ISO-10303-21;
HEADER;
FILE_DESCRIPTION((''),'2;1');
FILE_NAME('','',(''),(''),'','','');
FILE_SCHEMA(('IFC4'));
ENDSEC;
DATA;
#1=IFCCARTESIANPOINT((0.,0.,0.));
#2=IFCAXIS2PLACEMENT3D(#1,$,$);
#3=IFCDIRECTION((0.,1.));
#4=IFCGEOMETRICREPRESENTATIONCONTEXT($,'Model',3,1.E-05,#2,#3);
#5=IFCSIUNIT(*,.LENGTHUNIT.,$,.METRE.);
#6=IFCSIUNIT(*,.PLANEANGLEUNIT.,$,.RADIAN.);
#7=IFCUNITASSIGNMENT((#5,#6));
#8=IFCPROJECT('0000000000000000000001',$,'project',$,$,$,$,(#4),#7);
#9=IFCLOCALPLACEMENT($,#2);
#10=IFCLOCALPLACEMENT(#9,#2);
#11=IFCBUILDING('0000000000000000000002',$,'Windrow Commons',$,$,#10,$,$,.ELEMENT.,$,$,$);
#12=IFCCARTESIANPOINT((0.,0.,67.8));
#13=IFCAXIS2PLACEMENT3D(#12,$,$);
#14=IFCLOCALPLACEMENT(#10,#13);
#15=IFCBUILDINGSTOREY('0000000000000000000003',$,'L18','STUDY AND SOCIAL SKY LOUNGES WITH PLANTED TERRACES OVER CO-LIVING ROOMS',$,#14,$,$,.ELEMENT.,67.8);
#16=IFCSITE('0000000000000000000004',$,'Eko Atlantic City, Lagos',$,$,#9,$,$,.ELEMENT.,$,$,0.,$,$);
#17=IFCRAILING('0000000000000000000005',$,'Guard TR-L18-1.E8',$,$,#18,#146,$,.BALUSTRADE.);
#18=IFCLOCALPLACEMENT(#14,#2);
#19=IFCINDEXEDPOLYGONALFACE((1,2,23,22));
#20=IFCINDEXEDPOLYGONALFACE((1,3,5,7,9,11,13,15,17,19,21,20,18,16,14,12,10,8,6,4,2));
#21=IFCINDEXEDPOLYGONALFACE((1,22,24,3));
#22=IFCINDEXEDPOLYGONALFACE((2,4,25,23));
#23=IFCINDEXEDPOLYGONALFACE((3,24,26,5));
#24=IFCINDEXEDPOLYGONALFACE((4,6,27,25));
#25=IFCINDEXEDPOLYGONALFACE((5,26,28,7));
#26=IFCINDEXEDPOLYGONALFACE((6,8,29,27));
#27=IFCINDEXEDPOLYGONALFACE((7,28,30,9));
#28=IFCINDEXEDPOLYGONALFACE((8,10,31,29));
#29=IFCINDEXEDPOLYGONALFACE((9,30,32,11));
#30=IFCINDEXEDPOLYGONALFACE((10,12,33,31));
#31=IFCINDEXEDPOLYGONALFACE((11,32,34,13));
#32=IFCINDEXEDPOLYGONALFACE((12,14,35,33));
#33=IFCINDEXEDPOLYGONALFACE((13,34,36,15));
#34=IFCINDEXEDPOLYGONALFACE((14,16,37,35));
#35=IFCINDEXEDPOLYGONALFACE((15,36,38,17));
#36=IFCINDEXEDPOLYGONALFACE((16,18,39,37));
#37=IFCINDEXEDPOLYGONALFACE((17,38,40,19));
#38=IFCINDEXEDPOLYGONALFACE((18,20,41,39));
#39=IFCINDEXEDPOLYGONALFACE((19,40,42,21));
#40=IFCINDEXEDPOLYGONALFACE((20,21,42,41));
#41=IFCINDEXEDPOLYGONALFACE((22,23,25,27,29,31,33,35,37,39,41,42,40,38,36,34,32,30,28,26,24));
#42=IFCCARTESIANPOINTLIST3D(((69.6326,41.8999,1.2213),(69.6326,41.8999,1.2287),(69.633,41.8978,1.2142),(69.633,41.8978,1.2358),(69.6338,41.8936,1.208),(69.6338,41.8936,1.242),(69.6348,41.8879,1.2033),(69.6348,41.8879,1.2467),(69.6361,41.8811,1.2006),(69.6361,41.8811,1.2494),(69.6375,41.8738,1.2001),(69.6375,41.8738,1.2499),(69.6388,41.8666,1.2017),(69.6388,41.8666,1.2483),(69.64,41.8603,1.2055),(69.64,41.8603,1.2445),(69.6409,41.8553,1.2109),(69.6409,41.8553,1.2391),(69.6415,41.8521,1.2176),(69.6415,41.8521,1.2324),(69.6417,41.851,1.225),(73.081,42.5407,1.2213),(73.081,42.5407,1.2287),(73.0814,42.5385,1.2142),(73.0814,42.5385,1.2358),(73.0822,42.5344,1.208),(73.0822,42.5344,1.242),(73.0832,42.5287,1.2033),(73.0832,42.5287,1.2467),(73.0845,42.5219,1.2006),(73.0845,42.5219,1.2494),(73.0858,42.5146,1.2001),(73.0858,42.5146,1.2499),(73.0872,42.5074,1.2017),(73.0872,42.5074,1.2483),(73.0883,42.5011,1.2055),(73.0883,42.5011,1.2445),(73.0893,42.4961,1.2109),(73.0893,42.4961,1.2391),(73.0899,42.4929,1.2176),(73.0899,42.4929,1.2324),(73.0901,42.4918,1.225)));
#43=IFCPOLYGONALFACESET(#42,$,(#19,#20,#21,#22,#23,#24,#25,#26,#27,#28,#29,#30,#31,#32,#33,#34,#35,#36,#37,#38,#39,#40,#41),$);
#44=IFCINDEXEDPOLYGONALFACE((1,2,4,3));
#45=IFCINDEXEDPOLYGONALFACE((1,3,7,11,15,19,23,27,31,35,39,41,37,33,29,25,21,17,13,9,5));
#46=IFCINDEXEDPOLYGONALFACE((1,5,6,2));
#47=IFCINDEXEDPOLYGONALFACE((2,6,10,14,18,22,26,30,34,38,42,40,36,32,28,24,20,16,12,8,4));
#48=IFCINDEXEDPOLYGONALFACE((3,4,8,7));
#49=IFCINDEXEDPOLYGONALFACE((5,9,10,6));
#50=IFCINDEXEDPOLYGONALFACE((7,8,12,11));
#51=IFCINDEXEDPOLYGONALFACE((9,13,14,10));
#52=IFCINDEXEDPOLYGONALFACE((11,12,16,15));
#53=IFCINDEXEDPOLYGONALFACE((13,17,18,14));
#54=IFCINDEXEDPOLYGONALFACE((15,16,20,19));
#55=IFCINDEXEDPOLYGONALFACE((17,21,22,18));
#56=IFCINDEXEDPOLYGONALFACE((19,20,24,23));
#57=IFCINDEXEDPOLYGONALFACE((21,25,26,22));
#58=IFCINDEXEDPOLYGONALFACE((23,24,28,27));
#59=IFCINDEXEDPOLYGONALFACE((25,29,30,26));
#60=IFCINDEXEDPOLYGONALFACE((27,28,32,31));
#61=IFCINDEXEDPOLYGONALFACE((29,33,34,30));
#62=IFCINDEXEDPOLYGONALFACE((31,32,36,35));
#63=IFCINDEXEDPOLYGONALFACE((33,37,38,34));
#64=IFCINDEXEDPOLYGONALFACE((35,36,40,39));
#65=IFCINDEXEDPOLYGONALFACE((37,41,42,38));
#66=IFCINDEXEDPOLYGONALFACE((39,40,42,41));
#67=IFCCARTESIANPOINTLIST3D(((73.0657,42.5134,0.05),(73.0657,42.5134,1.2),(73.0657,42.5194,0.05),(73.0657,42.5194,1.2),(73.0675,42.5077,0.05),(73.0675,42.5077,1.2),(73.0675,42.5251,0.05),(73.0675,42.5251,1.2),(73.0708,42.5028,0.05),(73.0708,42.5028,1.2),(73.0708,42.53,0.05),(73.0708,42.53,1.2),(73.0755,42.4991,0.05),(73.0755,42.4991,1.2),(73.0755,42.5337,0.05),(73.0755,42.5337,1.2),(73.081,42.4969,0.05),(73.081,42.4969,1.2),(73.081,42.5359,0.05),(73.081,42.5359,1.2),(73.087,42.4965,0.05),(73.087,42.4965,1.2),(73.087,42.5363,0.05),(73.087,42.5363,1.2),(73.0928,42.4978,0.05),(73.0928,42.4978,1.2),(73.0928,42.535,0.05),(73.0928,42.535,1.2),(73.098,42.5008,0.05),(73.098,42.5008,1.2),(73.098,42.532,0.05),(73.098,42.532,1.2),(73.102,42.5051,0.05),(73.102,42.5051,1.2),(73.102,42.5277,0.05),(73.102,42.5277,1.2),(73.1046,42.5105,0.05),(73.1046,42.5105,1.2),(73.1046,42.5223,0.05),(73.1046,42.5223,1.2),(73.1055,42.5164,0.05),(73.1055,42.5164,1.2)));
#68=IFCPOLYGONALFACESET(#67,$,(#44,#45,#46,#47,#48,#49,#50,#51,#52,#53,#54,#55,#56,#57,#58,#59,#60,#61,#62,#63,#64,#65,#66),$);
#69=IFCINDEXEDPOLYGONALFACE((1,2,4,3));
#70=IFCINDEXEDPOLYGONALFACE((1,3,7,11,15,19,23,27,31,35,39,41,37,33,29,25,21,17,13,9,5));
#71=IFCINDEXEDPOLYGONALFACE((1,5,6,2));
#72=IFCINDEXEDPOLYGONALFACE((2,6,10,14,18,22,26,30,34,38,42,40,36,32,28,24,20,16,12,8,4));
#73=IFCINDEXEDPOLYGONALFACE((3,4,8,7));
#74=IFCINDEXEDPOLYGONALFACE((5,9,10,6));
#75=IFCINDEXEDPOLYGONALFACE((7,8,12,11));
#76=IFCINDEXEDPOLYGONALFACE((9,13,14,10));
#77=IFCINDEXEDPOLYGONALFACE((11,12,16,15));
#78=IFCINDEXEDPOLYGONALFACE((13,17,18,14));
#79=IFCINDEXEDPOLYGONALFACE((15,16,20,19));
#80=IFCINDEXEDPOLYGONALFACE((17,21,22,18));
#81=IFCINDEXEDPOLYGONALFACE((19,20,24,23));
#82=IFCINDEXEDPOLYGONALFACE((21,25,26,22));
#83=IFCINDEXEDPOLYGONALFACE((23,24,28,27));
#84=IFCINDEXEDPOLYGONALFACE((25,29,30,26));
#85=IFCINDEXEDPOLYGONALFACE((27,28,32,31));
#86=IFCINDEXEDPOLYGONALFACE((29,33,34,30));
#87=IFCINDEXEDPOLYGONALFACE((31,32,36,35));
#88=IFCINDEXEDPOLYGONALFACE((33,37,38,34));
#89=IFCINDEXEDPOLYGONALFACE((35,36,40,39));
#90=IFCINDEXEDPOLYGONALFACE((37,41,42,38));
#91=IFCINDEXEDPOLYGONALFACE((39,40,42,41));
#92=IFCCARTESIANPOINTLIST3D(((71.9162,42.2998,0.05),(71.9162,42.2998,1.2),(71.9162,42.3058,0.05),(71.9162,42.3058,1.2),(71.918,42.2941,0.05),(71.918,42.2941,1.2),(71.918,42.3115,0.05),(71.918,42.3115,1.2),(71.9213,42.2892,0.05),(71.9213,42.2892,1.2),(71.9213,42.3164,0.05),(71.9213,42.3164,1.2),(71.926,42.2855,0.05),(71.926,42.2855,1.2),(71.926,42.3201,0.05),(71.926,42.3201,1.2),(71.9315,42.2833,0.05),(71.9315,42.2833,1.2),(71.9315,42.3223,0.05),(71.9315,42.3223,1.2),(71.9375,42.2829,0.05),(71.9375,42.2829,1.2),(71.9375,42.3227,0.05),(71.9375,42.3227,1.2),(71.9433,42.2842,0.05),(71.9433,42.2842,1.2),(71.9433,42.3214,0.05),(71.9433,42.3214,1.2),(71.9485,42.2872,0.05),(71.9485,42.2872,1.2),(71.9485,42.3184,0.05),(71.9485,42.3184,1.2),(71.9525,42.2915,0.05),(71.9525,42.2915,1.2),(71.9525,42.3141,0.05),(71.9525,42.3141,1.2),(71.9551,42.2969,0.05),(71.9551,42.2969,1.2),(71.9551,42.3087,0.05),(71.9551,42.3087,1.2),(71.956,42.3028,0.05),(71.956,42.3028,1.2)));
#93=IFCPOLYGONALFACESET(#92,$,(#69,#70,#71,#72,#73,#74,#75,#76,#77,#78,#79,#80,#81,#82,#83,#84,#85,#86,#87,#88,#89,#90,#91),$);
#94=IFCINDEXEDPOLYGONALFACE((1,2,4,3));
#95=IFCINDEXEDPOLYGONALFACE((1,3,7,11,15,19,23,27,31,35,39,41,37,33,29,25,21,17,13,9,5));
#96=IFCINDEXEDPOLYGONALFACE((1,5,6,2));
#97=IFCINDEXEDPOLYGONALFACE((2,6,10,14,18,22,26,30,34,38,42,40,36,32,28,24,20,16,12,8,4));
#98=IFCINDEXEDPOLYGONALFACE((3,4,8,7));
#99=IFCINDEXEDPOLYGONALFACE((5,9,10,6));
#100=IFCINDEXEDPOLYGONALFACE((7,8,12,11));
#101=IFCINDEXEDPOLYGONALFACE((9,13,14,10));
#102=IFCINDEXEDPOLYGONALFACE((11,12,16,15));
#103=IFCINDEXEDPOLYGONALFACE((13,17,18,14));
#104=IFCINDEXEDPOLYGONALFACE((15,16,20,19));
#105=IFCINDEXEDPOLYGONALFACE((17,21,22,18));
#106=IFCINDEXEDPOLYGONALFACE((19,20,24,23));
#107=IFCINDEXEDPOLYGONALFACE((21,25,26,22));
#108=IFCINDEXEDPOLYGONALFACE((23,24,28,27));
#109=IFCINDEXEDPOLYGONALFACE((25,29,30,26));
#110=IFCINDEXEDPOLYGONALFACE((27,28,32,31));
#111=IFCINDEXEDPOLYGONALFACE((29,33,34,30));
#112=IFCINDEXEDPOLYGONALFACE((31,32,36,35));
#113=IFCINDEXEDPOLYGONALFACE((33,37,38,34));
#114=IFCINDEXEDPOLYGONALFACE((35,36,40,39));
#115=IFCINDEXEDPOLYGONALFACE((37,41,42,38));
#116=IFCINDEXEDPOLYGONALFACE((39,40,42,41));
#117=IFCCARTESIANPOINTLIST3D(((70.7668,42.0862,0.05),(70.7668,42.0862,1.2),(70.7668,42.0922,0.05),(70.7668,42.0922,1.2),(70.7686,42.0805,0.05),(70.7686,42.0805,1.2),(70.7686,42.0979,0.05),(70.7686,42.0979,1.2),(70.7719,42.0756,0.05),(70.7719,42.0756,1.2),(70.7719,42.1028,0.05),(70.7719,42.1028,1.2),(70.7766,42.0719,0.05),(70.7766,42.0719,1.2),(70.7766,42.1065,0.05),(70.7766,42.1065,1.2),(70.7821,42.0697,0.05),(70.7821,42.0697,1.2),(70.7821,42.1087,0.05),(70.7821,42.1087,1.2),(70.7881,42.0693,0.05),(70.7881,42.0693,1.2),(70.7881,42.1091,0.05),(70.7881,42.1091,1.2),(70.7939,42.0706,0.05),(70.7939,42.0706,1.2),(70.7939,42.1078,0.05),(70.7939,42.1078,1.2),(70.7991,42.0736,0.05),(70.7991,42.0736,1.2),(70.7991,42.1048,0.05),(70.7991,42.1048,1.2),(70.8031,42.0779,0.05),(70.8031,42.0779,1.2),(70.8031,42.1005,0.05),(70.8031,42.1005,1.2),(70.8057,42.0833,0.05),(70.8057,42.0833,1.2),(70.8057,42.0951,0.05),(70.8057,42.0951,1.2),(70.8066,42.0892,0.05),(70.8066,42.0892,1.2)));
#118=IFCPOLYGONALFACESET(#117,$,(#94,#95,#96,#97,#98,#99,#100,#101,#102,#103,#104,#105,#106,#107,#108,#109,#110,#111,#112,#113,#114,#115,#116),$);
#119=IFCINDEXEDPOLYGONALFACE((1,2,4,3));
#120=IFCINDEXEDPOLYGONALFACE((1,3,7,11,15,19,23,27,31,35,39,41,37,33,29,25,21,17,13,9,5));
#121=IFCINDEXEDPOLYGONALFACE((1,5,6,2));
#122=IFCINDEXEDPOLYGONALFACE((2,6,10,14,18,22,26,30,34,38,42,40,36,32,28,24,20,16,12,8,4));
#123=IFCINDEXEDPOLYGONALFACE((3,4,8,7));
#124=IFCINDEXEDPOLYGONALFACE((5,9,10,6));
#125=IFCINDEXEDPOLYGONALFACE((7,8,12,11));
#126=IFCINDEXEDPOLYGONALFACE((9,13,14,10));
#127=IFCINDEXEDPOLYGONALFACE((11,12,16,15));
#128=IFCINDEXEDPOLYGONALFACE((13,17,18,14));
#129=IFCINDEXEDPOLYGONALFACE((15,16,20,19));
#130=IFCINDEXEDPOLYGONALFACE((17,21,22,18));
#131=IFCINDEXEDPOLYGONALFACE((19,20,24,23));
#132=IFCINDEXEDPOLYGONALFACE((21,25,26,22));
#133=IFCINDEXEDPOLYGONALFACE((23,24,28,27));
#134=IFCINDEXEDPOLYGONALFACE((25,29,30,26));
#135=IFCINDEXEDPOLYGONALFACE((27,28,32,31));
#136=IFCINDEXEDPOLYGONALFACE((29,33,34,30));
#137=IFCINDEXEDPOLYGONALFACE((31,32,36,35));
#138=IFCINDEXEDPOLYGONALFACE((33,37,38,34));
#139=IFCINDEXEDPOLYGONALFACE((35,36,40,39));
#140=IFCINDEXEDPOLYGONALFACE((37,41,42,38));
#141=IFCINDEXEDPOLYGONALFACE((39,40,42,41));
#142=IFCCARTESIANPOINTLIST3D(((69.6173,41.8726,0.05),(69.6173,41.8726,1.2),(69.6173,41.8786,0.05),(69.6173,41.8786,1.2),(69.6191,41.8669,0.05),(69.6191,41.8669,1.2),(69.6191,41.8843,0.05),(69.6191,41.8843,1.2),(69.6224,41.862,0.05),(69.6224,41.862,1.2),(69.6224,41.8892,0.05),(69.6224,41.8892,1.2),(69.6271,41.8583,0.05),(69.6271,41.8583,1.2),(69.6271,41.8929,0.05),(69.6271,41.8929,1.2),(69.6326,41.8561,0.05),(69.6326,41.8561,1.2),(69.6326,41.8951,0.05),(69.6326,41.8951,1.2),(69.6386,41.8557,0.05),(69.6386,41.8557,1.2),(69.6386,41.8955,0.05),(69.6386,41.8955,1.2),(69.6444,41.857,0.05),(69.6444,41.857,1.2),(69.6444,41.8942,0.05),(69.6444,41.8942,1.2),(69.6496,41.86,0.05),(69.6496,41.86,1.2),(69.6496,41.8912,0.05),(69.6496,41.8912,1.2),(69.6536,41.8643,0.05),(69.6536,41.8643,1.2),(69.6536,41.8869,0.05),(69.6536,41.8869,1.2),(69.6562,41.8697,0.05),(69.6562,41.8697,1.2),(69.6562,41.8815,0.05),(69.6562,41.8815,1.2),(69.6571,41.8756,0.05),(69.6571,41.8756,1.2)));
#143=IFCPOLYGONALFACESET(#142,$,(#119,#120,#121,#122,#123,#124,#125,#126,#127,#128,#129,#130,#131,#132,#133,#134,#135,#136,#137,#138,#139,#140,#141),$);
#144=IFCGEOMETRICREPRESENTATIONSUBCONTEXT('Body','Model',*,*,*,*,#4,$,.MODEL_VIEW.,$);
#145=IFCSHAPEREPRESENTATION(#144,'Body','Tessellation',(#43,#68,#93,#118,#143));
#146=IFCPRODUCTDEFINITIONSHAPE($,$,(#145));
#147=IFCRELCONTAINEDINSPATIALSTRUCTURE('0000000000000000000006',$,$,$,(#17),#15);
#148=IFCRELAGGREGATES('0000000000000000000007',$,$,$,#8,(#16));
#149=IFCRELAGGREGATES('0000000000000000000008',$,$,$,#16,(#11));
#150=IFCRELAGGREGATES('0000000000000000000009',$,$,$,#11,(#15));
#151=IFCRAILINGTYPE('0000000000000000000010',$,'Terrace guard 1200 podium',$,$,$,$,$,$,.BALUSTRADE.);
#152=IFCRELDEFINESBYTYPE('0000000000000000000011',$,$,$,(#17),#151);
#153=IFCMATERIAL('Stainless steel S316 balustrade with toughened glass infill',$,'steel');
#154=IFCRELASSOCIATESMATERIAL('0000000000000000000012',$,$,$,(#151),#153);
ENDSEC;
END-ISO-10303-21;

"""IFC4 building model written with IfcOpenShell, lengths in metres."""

from ifc_helpers import new_model, si_unit, direction, frame, origin, origin_2d, place, context, subcontext, project, spatial, circle, extrude, material, type_object, element, save


model = new_model("IFC4")

# Units and contexts
model_context = context("Model", 3, precision=1e-05, world=origin(), true_north=direction((0.0, 1.0)))
body_context = subcontext(model_context, "Body", "Model", "MODEL_VIEW")
ifc_project = project(units=[si_unit("LENGTHUNIT", "METRE"), si_unit("PLANEANGLEUNIT", "RADIAN")], contexts=[model_context])

# Site, building, storey
site_placement = place(None, origin())
site = spatial("IfcSite", under=ifc_project, at=site_placement, Name="Eko Atlantic City, Lagos", CompositionType="ELEMENT", RefElevation=0.0)
building_placement = place(site_placement, origin())
building = spatial("IfcBuilding", under=site, at=building_placement, Name="Windrow Commons", CompositionType="ELEMENT")
storey_placement = place(building_placement, frame((0.0, 0.0, 67.8)))
storey = spatial("IfcBuildingStorey", under=building, at=storey_placement, Name="L18", Description="STUDY AND SOCIAL SKY LOUNGES WITH PLANTED TERRACES OVER CO-LIVING ROOMS", CompositionType="ELEMENT", Elevation=67.8)

# Railing
ifc_material_1 = material(Name="Stainless steel S316 balustrade with toughened glass infill", Category="steel")
railing_type = type_object("IfcRailingType", Name="Terrace guard 1200 podium", PredefinedType="BALUSTRADE", material=ifc_material_1)
railing_1_placement = place(storey_placement, frame((73.0855, 42.5164, 0.05)))
element("IfcRailing", 1, at=railing_1_placement, inside=storey, type_object=railing_type, Name="Guard TR-L18-1.E8", PredefinedType="BALUSTRADE", context=body_context, shape_type="SweptSolid", body=[
    extrude(circle(Radius=0.025, at=origin_2d()), frame((0.0, 0.0, 1.175), z_axis=(-0.983169, -0.182698, 0.0), x_axis=(0.182698, -0.983169, 0.0)), (0.0, 0.0, 1.0), 3.5074),
    extrude(circle(Radius=0.02, at=origin_2d()), origin(), (0.0, 0.0, 1.0), 1.15),
    extrude(circle(Radius=0.02, at=origin_2d()), frame((-1.1495, -0.2136, 0.0)), (0.0, 0.0, 1.0), 1.15),
    extrude(circle(Radius=0.02, at=origin_2d()), frame((-2.2989, -0.4272, 0.0)), (0.0, 0.0, 1.0), 1.15),
    extrude(circle(Radius=0.02, at=origin_2d()), frame((-3.4484, -0.6408, 0.0)), (0.0, 0.0, 1.0), 1.15),
])

save(model, "model.ifc")
